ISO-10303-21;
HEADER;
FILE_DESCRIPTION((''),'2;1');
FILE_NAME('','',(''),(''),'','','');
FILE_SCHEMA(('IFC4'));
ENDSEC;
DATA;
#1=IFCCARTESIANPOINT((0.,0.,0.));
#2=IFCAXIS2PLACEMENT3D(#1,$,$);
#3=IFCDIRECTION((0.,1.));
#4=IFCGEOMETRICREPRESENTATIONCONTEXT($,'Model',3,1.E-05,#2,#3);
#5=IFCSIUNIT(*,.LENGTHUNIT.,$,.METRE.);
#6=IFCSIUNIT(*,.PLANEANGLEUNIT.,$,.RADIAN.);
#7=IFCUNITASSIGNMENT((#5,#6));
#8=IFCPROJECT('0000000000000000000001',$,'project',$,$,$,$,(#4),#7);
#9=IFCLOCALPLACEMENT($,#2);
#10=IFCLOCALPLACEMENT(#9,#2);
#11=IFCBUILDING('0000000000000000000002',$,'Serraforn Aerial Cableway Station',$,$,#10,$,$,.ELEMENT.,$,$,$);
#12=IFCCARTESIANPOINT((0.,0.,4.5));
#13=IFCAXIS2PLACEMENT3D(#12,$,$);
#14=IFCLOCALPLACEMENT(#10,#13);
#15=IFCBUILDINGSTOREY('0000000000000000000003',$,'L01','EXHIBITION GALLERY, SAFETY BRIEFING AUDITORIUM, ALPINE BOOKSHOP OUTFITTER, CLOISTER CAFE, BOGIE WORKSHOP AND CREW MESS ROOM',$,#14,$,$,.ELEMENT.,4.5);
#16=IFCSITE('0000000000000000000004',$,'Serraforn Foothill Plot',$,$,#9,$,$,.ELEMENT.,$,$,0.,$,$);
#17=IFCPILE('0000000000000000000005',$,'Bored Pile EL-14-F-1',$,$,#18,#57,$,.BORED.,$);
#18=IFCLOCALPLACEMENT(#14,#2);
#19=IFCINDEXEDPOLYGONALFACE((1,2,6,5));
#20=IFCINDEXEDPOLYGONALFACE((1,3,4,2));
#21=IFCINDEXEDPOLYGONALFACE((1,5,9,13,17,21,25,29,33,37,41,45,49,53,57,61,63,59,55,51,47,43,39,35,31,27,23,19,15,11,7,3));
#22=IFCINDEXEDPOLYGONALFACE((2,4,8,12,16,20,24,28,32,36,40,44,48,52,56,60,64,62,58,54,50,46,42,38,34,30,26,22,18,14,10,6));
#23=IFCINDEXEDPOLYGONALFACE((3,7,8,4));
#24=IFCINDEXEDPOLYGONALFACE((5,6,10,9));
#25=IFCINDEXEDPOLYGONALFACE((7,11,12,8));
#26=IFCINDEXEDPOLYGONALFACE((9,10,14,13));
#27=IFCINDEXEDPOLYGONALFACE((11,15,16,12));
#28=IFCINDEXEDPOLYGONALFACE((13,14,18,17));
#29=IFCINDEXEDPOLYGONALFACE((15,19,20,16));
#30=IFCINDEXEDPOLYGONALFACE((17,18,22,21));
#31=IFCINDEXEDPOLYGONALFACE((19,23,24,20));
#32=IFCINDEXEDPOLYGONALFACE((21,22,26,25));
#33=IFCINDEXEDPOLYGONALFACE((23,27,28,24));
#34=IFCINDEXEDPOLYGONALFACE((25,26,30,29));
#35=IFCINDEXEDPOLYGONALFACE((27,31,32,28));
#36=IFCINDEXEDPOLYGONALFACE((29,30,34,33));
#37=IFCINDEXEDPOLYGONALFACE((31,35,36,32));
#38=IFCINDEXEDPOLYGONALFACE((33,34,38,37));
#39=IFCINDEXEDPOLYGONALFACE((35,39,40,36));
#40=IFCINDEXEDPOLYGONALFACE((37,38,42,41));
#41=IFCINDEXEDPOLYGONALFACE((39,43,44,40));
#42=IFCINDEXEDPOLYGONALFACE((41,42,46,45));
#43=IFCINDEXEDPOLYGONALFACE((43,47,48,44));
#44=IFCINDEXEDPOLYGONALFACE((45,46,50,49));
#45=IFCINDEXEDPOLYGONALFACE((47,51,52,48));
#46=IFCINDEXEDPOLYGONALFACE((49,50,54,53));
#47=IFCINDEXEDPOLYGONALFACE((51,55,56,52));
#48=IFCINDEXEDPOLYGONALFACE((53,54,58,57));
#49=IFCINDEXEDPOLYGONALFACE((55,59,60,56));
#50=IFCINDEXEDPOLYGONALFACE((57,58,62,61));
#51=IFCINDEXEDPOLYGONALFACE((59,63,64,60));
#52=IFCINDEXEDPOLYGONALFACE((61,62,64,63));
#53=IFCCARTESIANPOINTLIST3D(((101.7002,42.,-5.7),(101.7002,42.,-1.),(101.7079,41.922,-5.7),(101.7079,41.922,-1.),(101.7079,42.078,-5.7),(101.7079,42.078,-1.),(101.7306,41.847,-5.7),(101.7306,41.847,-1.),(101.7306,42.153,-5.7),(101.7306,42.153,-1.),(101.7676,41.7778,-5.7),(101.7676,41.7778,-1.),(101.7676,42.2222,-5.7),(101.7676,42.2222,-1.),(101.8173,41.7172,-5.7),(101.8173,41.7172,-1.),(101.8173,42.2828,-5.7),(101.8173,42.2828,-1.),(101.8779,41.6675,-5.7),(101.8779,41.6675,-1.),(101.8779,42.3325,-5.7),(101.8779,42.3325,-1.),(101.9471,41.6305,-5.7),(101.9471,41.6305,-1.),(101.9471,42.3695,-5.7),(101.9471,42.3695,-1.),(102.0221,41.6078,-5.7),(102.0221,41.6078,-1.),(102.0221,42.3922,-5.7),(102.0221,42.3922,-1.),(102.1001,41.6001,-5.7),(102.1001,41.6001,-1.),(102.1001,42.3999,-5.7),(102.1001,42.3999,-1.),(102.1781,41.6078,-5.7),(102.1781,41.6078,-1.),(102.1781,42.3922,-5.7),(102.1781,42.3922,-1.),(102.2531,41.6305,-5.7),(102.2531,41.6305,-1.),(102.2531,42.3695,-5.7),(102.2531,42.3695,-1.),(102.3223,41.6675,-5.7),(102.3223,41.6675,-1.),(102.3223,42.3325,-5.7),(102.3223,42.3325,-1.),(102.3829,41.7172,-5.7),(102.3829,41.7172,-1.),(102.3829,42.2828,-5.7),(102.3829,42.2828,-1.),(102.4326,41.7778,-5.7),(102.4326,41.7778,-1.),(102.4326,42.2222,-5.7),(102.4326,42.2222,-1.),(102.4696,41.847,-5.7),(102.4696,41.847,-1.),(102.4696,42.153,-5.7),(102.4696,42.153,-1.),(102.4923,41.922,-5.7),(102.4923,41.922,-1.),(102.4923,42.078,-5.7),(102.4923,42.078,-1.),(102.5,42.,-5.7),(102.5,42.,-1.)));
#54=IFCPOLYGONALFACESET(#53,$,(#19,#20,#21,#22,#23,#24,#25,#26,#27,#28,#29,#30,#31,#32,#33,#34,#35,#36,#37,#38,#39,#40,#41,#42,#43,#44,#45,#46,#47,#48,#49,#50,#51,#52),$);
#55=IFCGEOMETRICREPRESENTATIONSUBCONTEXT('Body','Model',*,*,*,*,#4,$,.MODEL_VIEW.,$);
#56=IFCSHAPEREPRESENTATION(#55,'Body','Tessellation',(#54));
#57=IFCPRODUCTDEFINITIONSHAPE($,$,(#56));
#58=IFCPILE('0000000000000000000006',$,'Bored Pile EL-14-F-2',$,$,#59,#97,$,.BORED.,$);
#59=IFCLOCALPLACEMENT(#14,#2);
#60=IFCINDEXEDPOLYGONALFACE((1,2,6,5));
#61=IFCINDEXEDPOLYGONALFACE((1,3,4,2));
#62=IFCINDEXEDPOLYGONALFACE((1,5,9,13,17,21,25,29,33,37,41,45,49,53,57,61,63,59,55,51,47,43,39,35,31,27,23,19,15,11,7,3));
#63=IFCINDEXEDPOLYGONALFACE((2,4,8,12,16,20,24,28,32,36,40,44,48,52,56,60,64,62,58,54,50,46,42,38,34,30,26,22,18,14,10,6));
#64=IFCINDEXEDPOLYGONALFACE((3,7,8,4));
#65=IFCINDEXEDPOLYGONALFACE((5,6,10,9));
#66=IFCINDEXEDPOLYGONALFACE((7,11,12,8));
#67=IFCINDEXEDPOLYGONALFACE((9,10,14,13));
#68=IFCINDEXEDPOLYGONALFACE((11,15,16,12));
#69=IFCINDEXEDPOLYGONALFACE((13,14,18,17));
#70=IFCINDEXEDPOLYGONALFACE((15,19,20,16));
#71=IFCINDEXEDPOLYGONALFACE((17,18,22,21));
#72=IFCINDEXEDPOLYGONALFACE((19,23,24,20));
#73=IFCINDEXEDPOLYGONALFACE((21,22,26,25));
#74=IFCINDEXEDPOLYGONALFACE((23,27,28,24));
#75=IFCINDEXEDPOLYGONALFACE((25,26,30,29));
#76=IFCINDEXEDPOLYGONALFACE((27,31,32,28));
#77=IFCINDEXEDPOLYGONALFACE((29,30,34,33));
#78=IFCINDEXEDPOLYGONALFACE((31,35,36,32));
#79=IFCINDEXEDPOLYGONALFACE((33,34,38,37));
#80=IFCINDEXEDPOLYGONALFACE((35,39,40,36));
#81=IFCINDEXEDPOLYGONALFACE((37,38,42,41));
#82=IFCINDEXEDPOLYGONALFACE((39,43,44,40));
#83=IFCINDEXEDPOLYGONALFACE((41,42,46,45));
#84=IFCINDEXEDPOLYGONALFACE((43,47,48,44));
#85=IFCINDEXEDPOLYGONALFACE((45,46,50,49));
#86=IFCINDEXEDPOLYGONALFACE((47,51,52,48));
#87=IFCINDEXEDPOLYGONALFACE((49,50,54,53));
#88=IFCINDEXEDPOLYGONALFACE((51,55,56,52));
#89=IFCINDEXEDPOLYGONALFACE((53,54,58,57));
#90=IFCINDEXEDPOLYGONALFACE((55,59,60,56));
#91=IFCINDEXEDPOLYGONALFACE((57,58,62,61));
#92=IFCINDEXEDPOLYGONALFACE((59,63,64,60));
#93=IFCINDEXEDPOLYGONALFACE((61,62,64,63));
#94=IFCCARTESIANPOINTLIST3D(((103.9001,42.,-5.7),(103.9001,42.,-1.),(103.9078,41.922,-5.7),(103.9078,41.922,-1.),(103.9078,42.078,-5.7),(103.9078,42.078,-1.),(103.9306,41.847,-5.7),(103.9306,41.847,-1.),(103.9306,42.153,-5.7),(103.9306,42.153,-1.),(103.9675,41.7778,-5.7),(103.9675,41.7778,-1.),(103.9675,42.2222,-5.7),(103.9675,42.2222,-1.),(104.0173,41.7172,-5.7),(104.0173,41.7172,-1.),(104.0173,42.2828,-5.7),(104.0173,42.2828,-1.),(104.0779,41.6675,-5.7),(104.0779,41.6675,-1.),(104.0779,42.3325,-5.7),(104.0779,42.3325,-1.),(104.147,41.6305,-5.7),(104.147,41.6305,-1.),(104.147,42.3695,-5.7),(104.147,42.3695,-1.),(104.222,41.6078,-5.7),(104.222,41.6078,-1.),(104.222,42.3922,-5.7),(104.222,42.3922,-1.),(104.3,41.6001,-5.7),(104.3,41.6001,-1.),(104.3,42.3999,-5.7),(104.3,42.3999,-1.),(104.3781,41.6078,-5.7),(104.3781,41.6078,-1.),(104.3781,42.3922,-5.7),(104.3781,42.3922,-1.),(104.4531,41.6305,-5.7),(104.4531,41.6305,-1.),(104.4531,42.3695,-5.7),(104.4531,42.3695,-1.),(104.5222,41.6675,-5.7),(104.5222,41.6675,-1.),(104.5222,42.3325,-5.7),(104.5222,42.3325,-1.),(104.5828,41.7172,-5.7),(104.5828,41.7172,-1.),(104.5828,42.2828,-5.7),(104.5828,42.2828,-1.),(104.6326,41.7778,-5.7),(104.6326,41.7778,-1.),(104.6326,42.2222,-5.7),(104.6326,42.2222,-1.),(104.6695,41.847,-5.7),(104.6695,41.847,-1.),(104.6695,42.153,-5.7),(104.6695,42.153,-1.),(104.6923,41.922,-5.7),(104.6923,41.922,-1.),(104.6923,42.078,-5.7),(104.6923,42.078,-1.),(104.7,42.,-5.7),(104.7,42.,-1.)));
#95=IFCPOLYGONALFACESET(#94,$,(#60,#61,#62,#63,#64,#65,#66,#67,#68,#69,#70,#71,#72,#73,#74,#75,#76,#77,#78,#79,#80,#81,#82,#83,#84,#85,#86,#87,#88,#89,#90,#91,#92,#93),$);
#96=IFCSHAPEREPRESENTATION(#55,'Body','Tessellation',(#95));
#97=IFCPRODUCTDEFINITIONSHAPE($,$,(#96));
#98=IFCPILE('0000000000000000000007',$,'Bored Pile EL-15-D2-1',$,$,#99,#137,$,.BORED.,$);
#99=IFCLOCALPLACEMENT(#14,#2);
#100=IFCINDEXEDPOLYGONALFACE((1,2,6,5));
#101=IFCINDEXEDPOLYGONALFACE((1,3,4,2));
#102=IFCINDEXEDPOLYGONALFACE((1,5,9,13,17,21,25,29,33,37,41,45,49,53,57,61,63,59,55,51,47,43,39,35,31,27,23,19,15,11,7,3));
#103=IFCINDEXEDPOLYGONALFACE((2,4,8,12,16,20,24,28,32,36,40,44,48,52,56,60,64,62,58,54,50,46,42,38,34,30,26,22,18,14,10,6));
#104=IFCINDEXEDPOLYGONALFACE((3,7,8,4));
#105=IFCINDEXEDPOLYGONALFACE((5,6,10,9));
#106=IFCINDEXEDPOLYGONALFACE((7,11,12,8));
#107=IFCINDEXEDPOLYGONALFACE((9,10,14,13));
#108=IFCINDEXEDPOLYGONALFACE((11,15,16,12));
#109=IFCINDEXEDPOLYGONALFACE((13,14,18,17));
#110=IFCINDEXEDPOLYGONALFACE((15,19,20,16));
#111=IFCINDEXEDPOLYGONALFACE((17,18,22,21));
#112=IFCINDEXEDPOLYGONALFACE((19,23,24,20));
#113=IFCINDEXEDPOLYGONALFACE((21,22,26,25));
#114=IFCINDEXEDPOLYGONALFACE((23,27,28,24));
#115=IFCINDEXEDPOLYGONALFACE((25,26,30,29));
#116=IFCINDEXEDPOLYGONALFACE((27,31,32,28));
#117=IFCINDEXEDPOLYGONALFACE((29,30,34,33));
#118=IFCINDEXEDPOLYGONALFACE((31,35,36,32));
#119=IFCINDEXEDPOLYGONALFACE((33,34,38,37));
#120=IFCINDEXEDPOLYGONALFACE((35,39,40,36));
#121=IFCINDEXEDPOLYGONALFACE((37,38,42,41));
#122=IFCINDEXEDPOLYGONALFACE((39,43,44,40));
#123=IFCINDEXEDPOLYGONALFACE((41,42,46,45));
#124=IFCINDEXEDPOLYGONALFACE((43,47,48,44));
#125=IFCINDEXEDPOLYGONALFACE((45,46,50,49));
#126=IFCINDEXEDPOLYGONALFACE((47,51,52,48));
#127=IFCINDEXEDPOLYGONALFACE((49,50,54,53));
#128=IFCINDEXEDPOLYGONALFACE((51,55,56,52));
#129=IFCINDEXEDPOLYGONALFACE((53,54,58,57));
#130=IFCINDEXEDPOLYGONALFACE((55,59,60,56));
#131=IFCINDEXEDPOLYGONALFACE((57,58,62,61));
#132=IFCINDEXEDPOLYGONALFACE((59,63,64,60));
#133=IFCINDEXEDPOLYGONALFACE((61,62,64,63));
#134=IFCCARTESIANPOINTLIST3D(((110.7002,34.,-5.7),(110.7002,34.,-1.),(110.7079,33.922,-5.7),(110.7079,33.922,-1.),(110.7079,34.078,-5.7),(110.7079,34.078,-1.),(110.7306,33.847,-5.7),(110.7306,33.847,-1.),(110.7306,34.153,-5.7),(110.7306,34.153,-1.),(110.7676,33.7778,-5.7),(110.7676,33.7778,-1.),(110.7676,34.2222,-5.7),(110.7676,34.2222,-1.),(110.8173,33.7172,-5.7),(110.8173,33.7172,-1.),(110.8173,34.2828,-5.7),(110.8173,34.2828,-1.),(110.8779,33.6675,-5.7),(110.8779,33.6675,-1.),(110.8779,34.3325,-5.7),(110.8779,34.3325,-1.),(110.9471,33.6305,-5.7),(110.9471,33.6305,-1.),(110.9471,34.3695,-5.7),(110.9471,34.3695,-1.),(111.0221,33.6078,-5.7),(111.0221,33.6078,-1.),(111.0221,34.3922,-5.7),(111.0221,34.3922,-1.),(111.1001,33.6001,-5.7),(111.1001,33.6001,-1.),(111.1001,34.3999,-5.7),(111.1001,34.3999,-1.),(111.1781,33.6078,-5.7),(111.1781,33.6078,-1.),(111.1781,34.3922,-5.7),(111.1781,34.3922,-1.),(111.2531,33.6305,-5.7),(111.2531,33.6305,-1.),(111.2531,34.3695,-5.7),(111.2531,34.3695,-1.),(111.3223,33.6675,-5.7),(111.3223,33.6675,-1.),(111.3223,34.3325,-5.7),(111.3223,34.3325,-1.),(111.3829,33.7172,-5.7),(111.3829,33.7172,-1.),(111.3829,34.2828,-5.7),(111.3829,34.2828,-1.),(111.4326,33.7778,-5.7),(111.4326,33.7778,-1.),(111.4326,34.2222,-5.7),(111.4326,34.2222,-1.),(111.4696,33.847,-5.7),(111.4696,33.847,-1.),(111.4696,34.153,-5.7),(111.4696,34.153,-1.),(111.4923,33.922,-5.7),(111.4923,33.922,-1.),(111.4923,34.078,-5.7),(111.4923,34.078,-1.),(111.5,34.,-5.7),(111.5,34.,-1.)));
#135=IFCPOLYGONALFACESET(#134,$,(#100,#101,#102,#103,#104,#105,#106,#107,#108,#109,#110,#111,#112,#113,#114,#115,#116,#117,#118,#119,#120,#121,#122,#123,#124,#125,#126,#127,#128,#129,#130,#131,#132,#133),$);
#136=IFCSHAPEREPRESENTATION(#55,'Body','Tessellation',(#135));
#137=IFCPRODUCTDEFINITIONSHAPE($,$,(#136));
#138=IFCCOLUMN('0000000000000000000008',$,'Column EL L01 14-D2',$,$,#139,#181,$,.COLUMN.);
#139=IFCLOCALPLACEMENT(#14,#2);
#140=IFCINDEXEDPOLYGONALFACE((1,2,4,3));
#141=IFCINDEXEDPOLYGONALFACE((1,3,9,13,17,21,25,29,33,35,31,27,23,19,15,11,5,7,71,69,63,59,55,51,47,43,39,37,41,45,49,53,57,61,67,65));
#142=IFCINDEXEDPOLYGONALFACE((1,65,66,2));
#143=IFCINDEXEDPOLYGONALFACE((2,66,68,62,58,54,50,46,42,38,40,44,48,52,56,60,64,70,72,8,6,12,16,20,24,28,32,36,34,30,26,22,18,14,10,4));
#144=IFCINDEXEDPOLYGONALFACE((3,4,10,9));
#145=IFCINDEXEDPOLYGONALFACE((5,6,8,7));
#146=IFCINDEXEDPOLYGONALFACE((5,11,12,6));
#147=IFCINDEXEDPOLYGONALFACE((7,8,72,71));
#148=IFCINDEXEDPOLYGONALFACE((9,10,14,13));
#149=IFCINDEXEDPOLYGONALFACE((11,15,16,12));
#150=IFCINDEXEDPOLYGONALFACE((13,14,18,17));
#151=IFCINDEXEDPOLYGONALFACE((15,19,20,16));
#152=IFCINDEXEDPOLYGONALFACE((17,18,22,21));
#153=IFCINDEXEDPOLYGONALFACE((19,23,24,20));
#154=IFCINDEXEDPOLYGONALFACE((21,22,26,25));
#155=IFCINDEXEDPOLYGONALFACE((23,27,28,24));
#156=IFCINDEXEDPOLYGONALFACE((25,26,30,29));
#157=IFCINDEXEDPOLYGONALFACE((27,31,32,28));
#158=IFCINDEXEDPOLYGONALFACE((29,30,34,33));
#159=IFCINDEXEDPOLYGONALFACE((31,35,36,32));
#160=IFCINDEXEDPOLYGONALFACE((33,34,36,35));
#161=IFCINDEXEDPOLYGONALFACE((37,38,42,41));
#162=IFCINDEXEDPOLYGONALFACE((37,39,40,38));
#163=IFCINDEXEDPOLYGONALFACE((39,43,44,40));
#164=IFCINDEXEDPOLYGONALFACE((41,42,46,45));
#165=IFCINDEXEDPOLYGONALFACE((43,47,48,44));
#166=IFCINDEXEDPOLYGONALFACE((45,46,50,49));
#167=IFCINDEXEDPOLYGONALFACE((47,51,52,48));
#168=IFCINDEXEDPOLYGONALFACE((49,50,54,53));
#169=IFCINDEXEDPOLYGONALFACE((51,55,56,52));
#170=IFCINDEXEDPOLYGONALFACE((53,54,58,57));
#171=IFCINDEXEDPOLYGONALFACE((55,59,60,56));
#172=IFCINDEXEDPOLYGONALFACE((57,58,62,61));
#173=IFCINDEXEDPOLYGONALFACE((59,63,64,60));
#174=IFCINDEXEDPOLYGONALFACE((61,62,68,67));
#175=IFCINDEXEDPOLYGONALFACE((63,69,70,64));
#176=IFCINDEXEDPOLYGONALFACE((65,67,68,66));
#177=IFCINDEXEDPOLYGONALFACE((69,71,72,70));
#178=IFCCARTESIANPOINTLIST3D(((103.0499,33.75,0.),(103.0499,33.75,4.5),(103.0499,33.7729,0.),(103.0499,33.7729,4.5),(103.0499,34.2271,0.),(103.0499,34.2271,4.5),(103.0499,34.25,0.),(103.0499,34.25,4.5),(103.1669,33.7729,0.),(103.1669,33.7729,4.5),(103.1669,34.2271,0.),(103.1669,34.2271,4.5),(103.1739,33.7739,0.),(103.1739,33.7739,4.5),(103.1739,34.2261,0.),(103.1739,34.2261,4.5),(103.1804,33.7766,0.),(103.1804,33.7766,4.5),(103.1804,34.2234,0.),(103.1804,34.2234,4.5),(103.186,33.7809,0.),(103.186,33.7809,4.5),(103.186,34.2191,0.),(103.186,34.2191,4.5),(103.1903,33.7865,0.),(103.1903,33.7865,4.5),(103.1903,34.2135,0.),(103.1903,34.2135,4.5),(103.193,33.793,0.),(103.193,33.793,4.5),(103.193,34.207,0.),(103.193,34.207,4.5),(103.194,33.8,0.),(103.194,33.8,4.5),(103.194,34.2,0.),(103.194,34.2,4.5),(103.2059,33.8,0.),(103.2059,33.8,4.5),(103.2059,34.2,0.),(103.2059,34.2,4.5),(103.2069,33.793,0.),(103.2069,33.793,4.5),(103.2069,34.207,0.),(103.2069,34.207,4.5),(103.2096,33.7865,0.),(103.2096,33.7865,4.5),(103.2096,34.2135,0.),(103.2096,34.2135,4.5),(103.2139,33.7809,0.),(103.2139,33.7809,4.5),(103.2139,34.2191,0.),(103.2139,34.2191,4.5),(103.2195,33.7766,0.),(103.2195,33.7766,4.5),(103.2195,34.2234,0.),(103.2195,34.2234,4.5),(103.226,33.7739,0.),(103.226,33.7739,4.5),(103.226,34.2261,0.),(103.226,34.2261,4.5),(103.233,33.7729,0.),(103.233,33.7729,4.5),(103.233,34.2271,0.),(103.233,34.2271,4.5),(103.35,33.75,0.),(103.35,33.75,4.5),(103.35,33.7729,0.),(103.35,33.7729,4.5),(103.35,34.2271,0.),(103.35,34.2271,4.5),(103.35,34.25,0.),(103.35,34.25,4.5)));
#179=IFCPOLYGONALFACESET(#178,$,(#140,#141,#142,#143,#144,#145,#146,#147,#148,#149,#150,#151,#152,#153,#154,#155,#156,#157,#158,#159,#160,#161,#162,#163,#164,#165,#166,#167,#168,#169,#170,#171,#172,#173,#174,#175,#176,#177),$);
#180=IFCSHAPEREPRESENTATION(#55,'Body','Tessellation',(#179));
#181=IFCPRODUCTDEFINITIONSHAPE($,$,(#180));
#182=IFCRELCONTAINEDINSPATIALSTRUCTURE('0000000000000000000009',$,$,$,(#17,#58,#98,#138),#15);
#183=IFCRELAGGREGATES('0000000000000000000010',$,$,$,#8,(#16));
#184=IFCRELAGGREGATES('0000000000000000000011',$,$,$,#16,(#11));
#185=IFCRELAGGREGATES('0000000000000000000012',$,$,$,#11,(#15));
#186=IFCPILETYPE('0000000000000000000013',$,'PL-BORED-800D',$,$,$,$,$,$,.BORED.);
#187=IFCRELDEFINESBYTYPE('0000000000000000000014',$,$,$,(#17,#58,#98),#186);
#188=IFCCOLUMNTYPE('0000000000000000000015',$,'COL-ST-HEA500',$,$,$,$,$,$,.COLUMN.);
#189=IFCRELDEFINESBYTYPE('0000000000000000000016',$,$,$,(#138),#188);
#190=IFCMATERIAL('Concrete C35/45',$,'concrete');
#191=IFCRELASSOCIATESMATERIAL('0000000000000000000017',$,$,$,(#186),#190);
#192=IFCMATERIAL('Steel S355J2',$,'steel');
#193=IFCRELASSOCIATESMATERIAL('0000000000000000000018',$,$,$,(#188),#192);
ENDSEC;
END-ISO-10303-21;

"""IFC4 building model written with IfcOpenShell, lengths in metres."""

from ifc_helpers import new_model, si_unit, direction, frame, origin, origin_2d, place, context, subcontext, project, spatial, circle, i_section, extrude, material, material_profile, profile_set, type_object, element, save


model = new_model("IFC4")

# Units and contexts
model_context = context("Model", 3, precision=1e-05, world=origin(), true_north=direction((0.0, 1.0)))
body_context = subcontext(model_context, "Body", "Model", "MODEL_VIEW")
ifc_project = project(units=[si_unit("LENGTHUNIT", "METRE"), si_unit("PLANEANGLEUNIT", "RADIAN")], contexts=[model_context])

# Site, building, storey
site_placement = place(None, origin())
site = spatial("IfcSite", under=ifc_project, at=site_placement, Name="Serraforn Foothill Plot", CompositionType="ELEMENT", RefElevation=0.0)
building_placement = place(site_placement, origin())
building = spatial("IfcBuilding", under=site, at=building_placement, Name="Serraforn Aerial Cableway Station", CompositionType="ELEMENT")
storey_placement = place(building_placement, frame((0.0, 0.0, 4.5)))
storey = spatial("IfcBuildingStorey", under=building, at=storey_placement, Name="L01", Description="EXHIBITION GALLERY, SAFETY BRIEFING AUDITORIUM, ALPINE BOOKSHOP OUTFITTER, CLOISTER CAFE, BOGIE WORKSHOP AND CREW MESS ROOM", CompositionType="ELEMENT", Elevation=4.5)

# Shared definitions
ifc_material_1 = material(Name="Concrete C35/45", Category="concrete")

# Piles
ifc_material_profile_1 = material_profile(ifc_material_1, circle(Radius=0.3999, at=origin_2d()), Name="BORED PILE D800")
ifc_profile_set_1 = profile_set([ifc_material_profile_1], Name="Concrete C35/45")
pile_type_1 = type_object("IfcPileType", Name="PL-BORED-800D", PredefinedType="BORED", material=ifc_profile_set_1)
for number, where, z_axis, x_axis, name in (
    (1, (102.1001, 42.0, -1.0), (0.0, 0.0, -1.0), (1.0, 0.0, 0.0), "Bored Pile EL-14-F-1"),
    (2, (104.3, 42.0, -1.0), (0.0, 0.0, -1.0), (1.0, 0.0, 0.0), "Bored Pile EL-14-F-2"),
    (3, (111.1001, 34.0, -1.0), (0.0, 0.0, -1.0), (1.0, 0.0, 0.0), "Bored Pile EL-15-D2-1"),
):
    element("IfcPile", number, at=place(storey_placement, frame(where, z_axis=z_axis, x_axis=x_axis)), inside=storey, type_object=pile_type_1, Name=name, PredefinedType="BORED", context=body_context, shape_type="SweptSolid", body=[
        extrude(circle(Radius=0.3999, at=origin_2d()), origin(), (0.0, 0.0, 1.0), 4.7),
    ])

# Column
ifc_material_2 = material(Name="Steel S355J2", Category="steel")
ifc_material_profile_2 = material_profile(ifc_material_2, i_section(OverallWidth=0.3, OverallDepth=0.5, WebThickness=0.012, FlangeThickness=0.0229, FilletRadius=0.0271, at=origin_2d()), Name="HEA 500")
ifc_profile_set_2 = profile_set([ifc_material_profile_2], Name="Steel S355J2")
column_type = type_object("IfcColumnType", Name="COL-ST-HEA500", PredefinedType="COLUMN", material=ifc_profile_set_2)
for number, where, z_axis, x_axis, name in (
    (4, (103.2, 34.0, 0.0), (0.0, 0.0, 1.0), (1.0, 0.0, 0.0), "Column EL L01 14-D2"),
):
    element("IfcColumn", number, at=place(storey_placement, frame(where, z_axis=z_axis, x_axis=x_axis)), inside=storey, type_object=column_type, Name=name, PredefinedType="COLUMN", context=body_context, shape_type="SweptSolid", body=[
        extrude(i_section(OverallWidth=0.3, OverallDepth=0.5, WebThickness=0.012, FlangeThickness=0.0229, FilletRadius=0.0271, at=origin_2d()), origin(), (0.0, 0.0, 1.0), 4.5),
    ])

save(model, "model.ifc")
